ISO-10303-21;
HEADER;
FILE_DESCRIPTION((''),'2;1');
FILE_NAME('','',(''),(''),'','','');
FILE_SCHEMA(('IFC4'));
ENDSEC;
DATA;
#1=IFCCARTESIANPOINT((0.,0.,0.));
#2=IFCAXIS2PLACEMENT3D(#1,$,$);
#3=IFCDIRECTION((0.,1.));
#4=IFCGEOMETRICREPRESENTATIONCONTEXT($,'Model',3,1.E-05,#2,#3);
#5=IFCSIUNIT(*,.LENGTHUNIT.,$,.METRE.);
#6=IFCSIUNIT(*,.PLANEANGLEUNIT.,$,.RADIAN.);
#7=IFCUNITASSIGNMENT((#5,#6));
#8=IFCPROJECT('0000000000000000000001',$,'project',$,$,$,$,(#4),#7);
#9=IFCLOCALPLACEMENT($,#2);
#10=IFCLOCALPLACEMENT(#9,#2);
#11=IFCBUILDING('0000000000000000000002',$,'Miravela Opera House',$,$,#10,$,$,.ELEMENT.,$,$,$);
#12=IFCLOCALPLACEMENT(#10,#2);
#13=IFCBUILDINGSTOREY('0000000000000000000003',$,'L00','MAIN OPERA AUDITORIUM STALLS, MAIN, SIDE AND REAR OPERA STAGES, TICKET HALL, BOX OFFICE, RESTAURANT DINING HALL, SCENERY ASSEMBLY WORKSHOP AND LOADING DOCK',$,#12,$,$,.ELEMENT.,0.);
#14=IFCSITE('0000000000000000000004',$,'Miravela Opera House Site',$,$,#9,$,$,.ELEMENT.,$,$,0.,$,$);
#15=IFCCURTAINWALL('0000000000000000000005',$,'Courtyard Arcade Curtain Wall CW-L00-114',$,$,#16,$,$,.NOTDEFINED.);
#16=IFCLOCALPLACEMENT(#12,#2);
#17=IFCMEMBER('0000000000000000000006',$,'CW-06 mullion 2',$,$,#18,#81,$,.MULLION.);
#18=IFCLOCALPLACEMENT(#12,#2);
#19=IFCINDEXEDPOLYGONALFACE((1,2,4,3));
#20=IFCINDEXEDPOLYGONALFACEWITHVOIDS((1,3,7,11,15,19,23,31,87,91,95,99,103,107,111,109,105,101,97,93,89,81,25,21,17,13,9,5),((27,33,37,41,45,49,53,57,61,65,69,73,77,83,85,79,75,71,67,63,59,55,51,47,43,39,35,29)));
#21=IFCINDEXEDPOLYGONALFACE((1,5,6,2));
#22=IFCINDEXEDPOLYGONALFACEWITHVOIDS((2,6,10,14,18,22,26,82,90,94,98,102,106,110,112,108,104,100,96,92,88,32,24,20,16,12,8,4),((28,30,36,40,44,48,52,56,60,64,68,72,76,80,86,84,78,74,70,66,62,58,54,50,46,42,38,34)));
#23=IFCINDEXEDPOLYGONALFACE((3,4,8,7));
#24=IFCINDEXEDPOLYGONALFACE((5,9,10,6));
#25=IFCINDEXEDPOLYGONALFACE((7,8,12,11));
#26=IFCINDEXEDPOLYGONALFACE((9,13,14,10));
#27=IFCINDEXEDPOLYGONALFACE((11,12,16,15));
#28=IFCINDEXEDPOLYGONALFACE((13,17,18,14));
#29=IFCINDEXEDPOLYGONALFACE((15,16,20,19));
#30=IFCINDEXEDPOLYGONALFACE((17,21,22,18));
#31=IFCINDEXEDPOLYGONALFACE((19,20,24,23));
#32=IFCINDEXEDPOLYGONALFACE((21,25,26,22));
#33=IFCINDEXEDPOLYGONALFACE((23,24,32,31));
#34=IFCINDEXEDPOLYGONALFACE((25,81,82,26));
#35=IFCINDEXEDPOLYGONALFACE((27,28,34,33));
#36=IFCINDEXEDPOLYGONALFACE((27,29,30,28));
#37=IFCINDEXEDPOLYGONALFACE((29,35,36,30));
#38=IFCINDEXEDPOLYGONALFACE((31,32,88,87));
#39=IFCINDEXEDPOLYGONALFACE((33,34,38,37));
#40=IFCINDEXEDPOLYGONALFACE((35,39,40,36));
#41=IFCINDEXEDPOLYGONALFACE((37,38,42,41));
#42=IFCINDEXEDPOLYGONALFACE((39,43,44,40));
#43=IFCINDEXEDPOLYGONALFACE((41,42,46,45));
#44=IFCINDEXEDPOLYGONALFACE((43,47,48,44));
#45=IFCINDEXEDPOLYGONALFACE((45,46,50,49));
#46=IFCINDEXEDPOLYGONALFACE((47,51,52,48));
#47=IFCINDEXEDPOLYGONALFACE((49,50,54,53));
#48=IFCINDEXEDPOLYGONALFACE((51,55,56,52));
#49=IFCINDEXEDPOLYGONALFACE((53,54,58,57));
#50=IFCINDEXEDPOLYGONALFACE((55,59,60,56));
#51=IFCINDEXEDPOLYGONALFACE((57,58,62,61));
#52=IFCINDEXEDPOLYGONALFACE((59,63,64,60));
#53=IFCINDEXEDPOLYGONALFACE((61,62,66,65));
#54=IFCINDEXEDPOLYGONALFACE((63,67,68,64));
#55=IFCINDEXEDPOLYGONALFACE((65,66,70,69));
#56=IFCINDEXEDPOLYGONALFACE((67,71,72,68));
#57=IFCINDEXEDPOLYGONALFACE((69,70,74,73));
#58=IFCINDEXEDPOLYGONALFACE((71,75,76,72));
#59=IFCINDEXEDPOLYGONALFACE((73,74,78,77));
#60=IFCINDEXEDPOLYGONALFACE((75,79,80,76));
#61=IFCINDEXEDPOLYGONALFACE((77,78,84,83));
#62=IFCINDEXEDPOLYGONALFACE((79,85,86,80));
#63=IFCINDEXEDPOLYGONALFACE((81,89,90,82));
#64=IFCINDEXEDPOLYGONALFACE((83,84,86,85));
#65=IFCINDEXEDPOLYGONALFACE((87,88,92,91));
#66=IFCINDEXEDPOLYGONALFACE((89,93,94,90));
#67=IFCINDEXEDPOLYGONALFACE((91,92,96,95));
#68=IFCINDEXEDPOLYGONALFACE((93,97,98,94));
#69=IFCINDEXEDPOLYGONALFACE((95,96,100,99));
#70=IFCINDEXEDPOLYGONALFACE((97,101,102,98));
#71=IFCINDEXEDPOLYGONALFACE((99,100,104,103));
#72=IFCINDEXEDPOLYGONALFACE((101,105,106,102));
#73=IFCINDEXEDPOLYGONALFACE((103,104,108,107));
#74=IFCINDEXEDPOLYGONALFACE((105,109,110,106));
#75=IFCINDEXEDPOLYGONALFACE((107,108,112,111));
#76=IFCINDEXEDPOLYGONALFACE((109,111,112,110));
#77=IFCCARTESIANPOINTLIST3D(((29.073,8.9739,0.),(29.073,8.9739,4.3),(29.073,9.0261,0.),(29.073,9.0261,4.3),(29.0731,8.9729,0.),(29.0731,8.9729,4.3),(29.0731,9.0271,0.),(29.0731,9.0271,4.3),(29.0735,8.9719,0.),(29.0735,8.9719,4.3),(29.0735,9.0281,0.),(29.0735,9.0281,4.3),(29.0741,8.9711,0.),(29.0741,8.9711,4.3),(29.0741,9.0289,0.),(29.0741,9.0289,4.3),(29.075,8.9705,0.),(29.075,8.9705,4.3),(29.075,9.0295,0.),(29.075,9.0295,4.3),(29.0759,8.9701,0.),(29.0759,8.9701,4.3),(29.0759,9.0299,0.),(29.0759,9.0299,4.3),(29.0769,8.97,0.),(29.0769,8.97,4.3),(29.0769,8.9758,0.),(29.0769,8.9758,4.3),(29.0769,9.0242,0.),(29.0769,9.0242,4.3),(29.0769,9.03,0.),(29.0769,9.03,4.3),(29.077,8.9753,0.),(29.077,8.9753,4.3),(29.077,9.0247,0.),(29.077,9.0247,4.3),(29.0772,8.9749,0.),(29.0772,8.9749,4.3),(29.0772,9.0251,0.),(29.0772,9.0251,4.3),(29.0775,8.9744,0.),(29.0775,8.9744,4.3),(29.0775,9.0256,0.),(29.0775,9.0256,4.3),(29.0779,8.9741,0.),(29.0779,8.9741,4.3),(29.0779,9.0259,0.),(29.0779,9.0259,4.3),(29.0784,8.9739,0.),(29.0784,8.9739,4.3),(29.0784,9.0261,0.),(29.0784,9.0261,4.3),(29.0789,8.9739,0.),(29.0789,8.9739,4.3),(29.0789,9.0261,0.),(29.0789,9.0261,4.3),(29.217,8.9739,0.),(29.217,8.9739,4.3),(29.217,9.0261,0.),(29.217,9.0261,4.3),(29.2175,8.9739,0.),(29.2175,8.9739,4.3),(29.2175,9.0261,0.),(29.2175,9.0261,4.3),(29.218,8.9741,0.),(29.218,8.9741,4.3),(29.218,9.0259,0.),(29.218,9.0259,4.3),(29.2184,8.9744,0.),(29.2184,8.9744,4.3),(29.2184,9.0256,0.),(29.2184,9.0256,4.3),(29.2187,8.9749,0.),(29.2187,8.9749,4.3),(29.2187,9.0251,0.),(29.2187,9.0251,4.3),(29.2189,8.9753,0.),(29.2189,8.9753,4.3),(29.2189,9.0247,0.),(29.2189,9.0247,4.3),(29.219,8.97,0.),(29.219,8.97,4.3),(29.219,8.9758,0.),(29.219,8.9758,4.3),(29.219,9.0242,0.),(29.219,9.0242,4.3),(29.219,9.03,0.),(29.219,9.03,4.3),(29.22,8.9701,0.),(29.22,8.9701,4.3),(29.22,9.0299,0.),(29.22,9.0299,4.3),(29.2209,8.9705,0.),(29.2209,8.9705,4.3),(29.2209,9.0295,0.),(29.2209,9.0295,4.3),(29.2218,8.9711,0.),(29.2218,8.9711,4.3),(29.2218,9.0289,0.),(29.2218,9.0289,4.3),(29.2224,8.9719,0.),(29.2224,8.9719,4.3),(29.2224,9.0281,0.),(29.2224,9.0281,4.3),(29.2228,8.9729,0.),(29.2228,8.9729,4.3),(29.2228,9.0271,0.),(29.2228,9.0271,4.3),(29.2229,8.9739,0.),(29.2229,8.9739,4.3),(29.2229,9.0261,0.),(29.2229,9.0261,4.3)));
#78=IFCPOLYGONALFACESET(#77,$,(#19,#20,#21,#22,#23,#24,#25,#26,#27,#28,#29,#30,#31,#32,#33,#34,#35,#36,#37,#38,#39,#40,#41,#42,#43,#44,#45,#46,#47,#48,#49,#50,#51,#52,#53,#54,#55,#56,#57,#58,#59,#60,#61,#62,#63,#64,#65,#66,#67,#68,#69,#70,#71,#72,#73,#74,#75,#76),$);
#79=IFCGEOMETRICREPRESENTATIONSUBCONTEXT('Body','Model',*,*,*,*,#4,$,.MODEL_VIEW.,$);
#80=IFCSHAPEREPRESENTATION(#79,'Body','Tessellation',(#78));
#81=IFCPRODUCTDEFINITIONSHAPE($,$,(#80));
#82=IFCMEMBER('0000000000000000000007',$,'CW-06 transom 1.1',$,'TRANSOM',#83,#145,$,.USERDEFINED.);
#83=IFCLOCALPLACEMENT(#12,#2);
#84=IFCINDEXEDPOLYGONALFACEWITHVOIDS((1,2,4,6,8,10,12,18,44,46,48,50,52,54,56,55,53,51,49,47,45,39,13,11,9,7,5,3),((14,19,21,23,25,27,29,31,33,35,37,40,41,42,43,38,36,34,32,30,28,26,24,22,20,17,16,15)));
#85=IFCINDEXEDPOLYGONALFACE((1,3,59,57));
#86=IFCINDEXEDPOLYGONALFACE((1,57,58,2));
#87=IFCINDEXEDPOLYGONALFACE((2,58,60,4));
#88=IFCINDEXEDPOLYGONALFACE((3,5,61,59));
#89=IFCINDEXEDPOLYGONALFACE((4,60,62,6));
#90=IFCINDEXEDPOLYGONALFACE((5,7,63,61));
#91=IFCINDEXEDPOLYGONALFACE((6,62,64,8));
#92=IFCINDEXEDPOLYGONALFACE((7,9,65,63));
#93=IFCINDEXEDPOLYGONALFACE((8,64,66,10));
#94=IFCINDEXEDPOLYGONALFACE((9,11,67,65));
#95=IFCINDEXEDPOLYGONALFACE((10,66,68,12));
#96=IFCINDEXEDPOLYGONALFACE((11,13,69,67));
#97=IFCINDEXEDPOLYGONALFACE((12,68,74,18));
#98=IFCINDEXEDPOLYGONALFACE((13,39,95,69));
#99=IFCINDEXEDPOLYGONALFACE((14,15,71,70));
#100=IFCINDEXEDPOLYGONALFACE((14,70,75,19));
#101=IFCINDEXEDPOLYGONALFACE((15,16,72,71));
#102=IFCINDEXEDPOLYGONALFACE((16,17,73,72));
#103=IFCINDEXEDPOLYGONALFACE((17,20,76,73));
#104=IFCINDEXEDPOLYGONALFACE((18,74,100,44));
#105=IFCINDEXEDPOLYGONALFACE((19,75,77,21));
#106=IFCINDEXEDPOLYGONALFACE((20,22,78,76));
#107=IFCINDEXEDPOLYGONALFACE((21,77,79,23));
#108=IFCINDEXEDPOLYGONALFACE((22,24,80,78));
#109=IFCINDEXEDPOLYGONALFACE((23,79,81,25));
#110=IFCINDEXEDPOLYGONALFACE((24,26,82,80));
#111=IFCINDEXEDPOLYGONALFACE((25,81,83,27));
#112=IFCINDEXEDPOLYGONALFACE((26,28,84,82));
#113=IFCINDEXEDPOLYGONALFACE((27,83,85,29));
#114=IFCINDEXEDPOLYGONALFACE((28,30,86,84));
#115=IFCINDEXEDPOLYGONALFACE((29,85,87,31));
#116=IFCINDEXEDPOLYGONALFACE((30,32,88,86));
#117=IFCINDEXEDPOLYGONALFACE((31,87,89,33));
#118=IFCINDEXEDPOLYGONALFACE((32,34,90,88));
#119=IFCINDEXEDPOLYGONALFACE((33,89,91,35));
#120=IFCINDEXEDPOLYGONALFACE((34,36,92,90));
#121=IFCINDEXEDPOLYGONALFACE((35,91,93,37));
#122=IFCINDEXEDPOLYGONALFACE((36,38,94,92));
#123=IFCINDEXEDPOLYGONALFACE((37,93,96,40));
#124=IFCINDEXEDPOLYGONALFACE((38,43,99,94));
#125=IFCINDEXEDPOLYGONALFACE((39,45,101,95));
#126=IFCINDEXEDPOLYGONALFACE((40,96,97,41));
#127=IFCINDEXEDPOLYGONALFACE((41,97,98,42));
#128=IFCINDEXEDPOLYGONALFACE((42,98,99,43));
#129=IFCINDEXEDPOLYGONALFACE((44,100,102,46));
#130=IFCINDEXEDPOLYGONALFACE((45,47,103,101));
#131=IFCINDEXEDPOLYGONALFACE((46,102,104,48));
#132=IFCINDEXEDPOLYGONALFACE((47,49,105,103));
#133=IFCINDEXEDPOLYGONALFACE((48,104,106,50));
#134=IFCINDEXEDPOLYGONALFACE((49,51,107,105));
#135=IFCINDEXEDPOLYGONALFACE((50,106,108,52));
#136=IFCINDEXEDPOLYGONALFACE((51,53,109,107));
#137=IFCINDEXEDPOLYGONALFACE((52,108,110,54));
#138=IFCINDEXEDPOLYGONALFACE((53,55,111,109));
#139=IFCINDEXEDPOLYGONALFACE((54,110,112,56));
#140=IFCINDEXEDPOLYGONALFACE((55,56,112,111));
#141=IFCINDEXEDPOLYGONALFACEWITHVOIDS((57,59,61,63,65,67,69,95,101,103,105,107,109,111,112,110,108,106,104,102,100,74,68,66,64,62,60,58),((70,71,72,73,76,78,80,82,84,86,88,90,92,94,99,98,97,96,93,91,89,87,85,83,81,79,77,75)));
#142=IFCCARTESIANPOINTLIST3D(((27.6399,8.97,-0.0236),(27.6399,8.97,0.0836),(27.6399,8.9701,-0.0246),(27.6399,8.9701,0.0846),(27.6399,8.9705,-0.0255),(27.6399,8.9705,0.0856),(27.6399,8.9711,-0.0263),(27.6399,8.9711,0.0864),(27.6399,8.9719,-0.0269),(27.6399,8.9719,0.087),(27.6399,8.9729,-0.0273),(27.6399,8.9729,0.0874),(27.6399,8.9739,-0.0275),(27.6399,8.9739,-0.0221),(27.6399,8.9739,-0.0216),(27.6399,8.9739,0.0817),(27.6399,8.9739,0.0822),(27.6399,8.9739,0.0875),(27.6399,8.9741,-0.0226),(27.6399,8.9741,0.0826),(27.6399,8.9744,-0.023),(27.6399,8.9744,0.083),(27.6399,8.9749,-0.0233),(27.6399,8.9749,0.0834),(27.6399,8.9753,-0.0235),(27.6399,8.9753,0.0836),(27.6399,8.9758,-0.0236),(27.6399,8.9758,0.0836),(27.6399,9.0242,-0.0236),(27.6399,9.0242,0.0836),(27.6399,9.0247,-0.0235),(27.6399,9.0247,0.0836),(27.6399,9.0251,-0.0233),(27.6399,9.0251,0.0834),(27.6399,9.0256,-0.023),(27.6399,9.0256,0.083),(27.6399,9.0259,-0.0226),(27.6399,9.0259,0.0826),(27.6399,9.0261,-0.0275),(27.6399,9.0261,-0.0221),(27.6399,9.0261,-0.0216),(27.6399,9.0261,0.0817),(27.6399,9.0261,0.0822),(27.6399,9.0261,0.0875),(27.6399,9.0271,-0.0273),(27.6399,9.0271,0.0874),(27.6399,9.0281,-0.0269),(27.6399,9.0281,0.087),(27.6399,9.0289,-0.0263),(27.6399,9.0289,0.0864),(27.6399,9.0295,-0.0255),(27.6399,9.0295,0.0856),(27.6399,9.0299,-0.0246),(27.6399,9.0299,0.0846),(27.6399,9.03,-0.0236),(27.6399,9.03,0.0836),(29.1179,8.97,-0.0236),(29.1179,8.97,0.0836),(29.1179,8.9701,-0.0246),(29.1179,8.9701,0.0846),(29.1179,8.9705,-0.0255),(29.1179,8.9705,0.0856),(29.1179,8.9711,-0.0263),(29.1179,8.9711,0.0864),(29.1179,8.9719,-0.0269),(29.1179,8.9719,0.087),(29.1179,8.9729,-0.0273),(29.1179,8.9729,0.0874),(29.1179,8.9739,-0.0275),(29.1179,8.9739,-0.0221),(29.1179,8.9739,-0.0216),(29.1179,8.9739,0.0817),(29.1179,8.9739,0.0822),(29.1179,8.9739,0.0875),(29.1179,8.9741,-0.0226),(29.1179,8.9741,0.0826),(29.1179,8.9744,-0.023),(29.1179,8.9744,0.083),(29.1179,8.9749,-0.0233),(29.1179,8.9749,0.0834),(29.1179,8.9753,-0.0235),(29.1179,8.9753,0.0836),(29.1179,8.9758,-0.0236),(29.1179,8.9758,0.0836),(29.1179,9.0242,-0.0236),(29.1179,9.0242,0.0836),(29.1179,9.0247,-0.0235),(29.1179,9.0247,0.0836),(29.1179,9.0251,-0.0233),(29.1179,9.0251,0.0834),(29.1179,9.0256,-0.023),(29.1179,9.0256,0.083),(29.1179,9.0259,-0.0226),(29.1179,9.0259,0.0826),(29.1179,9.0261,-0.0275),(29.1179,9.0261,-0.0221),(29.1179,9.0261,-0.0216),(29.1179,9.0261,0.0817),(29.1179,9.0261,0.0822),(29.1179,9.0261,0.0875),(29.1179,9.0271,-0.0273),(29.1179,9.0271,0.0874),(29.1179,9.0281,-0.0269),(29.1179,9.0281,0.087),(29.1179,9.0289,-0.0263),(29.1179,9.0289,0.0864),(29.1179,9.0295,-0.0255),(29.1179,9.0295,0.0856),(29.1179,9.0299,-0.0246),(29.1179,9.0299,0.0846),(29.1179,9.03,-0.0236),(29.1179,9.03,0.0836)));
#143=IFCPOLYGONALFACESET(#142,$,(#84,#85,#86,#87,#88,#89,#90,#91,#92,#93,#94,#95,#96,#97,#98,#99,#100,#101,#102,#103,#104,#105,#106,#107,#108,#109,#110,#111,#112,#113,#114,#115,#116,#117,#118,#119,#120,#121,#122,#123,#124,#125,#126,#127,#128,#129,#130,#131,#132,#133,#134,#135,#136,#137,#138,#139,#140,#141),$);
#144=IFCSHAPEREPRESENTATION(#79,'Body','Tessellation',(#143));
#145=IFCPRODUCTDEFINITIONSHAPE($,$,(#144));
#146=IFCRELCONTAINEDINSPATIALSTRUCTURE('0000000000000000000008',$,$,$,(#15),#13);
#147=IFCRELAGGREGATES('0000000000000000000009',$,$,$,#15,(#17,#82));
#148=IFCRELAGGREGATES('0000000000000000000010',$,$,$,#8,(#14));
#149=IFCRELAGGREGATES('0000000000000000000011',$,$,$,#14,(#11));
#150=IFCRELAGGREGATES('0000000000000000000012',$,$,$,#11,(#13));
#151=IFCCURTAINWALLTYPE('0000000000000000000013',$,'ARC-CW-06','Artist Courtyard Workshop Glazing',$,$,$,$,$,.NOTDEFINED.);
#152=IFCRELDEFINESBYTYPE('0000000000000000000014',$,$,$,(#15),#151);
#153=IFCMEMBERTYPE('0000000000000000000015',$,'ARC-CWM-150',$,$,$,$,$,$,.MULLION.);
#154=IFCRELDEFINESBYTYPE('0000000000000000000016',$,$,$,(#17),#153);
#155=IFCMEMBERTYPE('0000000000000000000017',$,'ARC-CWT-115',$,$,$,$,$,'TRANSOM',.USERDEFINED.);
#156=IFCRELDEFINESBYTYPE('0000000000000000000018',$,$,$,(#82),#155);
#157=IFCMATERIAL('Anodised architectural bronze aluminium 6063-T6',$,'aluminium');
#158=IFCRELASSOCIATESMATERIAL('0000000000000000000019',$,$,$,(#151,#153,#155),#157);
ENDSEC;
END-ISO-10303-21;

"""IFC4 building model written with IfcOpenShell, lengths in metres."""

from ifc_helpers import new_model, si_unit, direction, frame, origin, origin_2d, place, context, subcontext, project, spatial, hollow_rectangle, extrude, material, material_profile, profile_set, type_object, element, aggregate, save


model = new_model("IFC4")

# Units and contexts
model_context = context("Model", 3, precision=1e-05, world=origin(), true_north=direction((0.0, 1.0)))
body_context = subcontext(model_context, "Body", "Model", "MODEL_VIEW")
ifc_project = project(units=[si_unit("LENGTHUNIT", "METRE"), si_unit("PLANEANGLEUNIT", "RADIAN")], contexts=[model_context])

# Site, building, storey
site_placement = place(None, origin())
site = spatial("IfcSite", under=ifc_project, at=site_placement, Name="Miravela Opera House Site", CompositionType="ELEMENT", RefElevation=0.0)
building_placement = place(site_placement, origin())
building = spatial("IfcBuilding", under=site, at=building_placement, Name="Miravela Opera House", CompositionType="ELEMENT")
storey_placement = place(building_placement, origin())
storey = spatial("IfcBuildingStorey", under=building, at=storey_placement, Name="L00", Description="MAIN OPERA AUDITORIUM STALLS, MAIN, SIDE AND REAR OPERA STAGES, TICKET HALL, BOX OFFICE, RESTAURANT DINING HALL, SCENERY ASSEMBLY WORKSHOP AND LOADING DOCK", CompositionType="ELEMENT", Elevation=0.0)

# Curtain wall, members
ifc_material_1 = material(Name="Anodised architectural bronze aluminium 6063-T6", Category="aluminium")
curtain_wall_type = type_object("IfcCurtainWallType", Name="ARC-CW-06", Description="Artist Courtyard Workshop Glazing", PredefinedType="NOTDEFINED", material=ifc_material_1)
curtain_wall_placement = place(storey_placement, origin())
curtain_wall = element("IfcCurtainWall", 1, at=curtain_wall_placement, inside=storey, type_object=curtain_wall_type, Name="Courtyard Arcade Curtain Wall CW-L00-114", PredefinedType="NOTDEFINED")
ifc_material_profile_1 = material_profile(ifc_material_1, hollow_rectangle(XDim=0.0601, YDim=0.1499, WallThickness=0.0039, InnerFilletRadius=0.002, OuterFilletRadius=0.0039, at=origin_2d()), Name="CWM-60X150")
ifc_profile_set_1 = profile_set([ifc_material_profile_1])
member_type_1 = type_object("IfcMemberType", Name="ARC-CWM-150", PredefinedType="MULLION", material=ifc_profile_set_1)
member_1_placement = place(storey_placement, frame((29.1479, 9.0, 0.0), z_axis=(0.0, 0.0, 1.0), x_axis=(0.0, 1.0, 0.0)))
member_1 = element("IfcMember", 2, at=member_1_placement, type_object=member_type_1, Name="CW-06 mullion 2", PredefinedType="MULLION", context=body_context, shape_type="SweptSolid", body=[
    extrude(hollow_rectangle(XDim=0.0601, YDim=0.1499, WallThickness=0.0039, InnerFilletRadius=0.002, OuterFilletRadius=0.0039, at=origin_2d()), origin(), (0.0, 0.0, 1.0), 4.3),
])
ifc_material_profile_2 = material_profile(ifc_material_1, hollow_rectangle(XDim=0.0601, YDim=0.115, WallThickness=0.0039, InnerFilletRadius=0.002, OuterFilletRadius=0.0039, at=origin_2d()), Name="CWT-60X115")
ifc_profile_set_2 = profile_set([ifc_material_profile_2])
member_type_2 = type_object("IfcMemberType", Name="ARC-CWT-115", ElementType="TRANSOM", PredefinedType="USERDEFINED", material=ifc_profile_set_2)
member_2_placement = place(storey_placement, frame((27.6399, 9.0, 0.03), z_axis=(1.0, 0.0, 0.0), x_axis=(0.0, 1.0, 0.0)))
member_2 = element("IfcMember", 3, at=member_2_placement, type_object=member_type_2, Name="CW-06 transom 1.1", ObjectType="TRANSOM", PredefinedType="USERDEFINED", context=body_context, shape_type="SweptSolid", body=[
    extrude(hollow_rectangle(XDim=0.0601, YDim=0.115, WallThickness=0.0039, InnerFilletRadius=0.002, OuterFilletRadius=0.0039, at=origin_2d()), origin(), (0.0, 0.0, 1.0), 1.478),
])

aggregate(curtain_wall, [member_1, member_2])

save(model, "model.ifc")
